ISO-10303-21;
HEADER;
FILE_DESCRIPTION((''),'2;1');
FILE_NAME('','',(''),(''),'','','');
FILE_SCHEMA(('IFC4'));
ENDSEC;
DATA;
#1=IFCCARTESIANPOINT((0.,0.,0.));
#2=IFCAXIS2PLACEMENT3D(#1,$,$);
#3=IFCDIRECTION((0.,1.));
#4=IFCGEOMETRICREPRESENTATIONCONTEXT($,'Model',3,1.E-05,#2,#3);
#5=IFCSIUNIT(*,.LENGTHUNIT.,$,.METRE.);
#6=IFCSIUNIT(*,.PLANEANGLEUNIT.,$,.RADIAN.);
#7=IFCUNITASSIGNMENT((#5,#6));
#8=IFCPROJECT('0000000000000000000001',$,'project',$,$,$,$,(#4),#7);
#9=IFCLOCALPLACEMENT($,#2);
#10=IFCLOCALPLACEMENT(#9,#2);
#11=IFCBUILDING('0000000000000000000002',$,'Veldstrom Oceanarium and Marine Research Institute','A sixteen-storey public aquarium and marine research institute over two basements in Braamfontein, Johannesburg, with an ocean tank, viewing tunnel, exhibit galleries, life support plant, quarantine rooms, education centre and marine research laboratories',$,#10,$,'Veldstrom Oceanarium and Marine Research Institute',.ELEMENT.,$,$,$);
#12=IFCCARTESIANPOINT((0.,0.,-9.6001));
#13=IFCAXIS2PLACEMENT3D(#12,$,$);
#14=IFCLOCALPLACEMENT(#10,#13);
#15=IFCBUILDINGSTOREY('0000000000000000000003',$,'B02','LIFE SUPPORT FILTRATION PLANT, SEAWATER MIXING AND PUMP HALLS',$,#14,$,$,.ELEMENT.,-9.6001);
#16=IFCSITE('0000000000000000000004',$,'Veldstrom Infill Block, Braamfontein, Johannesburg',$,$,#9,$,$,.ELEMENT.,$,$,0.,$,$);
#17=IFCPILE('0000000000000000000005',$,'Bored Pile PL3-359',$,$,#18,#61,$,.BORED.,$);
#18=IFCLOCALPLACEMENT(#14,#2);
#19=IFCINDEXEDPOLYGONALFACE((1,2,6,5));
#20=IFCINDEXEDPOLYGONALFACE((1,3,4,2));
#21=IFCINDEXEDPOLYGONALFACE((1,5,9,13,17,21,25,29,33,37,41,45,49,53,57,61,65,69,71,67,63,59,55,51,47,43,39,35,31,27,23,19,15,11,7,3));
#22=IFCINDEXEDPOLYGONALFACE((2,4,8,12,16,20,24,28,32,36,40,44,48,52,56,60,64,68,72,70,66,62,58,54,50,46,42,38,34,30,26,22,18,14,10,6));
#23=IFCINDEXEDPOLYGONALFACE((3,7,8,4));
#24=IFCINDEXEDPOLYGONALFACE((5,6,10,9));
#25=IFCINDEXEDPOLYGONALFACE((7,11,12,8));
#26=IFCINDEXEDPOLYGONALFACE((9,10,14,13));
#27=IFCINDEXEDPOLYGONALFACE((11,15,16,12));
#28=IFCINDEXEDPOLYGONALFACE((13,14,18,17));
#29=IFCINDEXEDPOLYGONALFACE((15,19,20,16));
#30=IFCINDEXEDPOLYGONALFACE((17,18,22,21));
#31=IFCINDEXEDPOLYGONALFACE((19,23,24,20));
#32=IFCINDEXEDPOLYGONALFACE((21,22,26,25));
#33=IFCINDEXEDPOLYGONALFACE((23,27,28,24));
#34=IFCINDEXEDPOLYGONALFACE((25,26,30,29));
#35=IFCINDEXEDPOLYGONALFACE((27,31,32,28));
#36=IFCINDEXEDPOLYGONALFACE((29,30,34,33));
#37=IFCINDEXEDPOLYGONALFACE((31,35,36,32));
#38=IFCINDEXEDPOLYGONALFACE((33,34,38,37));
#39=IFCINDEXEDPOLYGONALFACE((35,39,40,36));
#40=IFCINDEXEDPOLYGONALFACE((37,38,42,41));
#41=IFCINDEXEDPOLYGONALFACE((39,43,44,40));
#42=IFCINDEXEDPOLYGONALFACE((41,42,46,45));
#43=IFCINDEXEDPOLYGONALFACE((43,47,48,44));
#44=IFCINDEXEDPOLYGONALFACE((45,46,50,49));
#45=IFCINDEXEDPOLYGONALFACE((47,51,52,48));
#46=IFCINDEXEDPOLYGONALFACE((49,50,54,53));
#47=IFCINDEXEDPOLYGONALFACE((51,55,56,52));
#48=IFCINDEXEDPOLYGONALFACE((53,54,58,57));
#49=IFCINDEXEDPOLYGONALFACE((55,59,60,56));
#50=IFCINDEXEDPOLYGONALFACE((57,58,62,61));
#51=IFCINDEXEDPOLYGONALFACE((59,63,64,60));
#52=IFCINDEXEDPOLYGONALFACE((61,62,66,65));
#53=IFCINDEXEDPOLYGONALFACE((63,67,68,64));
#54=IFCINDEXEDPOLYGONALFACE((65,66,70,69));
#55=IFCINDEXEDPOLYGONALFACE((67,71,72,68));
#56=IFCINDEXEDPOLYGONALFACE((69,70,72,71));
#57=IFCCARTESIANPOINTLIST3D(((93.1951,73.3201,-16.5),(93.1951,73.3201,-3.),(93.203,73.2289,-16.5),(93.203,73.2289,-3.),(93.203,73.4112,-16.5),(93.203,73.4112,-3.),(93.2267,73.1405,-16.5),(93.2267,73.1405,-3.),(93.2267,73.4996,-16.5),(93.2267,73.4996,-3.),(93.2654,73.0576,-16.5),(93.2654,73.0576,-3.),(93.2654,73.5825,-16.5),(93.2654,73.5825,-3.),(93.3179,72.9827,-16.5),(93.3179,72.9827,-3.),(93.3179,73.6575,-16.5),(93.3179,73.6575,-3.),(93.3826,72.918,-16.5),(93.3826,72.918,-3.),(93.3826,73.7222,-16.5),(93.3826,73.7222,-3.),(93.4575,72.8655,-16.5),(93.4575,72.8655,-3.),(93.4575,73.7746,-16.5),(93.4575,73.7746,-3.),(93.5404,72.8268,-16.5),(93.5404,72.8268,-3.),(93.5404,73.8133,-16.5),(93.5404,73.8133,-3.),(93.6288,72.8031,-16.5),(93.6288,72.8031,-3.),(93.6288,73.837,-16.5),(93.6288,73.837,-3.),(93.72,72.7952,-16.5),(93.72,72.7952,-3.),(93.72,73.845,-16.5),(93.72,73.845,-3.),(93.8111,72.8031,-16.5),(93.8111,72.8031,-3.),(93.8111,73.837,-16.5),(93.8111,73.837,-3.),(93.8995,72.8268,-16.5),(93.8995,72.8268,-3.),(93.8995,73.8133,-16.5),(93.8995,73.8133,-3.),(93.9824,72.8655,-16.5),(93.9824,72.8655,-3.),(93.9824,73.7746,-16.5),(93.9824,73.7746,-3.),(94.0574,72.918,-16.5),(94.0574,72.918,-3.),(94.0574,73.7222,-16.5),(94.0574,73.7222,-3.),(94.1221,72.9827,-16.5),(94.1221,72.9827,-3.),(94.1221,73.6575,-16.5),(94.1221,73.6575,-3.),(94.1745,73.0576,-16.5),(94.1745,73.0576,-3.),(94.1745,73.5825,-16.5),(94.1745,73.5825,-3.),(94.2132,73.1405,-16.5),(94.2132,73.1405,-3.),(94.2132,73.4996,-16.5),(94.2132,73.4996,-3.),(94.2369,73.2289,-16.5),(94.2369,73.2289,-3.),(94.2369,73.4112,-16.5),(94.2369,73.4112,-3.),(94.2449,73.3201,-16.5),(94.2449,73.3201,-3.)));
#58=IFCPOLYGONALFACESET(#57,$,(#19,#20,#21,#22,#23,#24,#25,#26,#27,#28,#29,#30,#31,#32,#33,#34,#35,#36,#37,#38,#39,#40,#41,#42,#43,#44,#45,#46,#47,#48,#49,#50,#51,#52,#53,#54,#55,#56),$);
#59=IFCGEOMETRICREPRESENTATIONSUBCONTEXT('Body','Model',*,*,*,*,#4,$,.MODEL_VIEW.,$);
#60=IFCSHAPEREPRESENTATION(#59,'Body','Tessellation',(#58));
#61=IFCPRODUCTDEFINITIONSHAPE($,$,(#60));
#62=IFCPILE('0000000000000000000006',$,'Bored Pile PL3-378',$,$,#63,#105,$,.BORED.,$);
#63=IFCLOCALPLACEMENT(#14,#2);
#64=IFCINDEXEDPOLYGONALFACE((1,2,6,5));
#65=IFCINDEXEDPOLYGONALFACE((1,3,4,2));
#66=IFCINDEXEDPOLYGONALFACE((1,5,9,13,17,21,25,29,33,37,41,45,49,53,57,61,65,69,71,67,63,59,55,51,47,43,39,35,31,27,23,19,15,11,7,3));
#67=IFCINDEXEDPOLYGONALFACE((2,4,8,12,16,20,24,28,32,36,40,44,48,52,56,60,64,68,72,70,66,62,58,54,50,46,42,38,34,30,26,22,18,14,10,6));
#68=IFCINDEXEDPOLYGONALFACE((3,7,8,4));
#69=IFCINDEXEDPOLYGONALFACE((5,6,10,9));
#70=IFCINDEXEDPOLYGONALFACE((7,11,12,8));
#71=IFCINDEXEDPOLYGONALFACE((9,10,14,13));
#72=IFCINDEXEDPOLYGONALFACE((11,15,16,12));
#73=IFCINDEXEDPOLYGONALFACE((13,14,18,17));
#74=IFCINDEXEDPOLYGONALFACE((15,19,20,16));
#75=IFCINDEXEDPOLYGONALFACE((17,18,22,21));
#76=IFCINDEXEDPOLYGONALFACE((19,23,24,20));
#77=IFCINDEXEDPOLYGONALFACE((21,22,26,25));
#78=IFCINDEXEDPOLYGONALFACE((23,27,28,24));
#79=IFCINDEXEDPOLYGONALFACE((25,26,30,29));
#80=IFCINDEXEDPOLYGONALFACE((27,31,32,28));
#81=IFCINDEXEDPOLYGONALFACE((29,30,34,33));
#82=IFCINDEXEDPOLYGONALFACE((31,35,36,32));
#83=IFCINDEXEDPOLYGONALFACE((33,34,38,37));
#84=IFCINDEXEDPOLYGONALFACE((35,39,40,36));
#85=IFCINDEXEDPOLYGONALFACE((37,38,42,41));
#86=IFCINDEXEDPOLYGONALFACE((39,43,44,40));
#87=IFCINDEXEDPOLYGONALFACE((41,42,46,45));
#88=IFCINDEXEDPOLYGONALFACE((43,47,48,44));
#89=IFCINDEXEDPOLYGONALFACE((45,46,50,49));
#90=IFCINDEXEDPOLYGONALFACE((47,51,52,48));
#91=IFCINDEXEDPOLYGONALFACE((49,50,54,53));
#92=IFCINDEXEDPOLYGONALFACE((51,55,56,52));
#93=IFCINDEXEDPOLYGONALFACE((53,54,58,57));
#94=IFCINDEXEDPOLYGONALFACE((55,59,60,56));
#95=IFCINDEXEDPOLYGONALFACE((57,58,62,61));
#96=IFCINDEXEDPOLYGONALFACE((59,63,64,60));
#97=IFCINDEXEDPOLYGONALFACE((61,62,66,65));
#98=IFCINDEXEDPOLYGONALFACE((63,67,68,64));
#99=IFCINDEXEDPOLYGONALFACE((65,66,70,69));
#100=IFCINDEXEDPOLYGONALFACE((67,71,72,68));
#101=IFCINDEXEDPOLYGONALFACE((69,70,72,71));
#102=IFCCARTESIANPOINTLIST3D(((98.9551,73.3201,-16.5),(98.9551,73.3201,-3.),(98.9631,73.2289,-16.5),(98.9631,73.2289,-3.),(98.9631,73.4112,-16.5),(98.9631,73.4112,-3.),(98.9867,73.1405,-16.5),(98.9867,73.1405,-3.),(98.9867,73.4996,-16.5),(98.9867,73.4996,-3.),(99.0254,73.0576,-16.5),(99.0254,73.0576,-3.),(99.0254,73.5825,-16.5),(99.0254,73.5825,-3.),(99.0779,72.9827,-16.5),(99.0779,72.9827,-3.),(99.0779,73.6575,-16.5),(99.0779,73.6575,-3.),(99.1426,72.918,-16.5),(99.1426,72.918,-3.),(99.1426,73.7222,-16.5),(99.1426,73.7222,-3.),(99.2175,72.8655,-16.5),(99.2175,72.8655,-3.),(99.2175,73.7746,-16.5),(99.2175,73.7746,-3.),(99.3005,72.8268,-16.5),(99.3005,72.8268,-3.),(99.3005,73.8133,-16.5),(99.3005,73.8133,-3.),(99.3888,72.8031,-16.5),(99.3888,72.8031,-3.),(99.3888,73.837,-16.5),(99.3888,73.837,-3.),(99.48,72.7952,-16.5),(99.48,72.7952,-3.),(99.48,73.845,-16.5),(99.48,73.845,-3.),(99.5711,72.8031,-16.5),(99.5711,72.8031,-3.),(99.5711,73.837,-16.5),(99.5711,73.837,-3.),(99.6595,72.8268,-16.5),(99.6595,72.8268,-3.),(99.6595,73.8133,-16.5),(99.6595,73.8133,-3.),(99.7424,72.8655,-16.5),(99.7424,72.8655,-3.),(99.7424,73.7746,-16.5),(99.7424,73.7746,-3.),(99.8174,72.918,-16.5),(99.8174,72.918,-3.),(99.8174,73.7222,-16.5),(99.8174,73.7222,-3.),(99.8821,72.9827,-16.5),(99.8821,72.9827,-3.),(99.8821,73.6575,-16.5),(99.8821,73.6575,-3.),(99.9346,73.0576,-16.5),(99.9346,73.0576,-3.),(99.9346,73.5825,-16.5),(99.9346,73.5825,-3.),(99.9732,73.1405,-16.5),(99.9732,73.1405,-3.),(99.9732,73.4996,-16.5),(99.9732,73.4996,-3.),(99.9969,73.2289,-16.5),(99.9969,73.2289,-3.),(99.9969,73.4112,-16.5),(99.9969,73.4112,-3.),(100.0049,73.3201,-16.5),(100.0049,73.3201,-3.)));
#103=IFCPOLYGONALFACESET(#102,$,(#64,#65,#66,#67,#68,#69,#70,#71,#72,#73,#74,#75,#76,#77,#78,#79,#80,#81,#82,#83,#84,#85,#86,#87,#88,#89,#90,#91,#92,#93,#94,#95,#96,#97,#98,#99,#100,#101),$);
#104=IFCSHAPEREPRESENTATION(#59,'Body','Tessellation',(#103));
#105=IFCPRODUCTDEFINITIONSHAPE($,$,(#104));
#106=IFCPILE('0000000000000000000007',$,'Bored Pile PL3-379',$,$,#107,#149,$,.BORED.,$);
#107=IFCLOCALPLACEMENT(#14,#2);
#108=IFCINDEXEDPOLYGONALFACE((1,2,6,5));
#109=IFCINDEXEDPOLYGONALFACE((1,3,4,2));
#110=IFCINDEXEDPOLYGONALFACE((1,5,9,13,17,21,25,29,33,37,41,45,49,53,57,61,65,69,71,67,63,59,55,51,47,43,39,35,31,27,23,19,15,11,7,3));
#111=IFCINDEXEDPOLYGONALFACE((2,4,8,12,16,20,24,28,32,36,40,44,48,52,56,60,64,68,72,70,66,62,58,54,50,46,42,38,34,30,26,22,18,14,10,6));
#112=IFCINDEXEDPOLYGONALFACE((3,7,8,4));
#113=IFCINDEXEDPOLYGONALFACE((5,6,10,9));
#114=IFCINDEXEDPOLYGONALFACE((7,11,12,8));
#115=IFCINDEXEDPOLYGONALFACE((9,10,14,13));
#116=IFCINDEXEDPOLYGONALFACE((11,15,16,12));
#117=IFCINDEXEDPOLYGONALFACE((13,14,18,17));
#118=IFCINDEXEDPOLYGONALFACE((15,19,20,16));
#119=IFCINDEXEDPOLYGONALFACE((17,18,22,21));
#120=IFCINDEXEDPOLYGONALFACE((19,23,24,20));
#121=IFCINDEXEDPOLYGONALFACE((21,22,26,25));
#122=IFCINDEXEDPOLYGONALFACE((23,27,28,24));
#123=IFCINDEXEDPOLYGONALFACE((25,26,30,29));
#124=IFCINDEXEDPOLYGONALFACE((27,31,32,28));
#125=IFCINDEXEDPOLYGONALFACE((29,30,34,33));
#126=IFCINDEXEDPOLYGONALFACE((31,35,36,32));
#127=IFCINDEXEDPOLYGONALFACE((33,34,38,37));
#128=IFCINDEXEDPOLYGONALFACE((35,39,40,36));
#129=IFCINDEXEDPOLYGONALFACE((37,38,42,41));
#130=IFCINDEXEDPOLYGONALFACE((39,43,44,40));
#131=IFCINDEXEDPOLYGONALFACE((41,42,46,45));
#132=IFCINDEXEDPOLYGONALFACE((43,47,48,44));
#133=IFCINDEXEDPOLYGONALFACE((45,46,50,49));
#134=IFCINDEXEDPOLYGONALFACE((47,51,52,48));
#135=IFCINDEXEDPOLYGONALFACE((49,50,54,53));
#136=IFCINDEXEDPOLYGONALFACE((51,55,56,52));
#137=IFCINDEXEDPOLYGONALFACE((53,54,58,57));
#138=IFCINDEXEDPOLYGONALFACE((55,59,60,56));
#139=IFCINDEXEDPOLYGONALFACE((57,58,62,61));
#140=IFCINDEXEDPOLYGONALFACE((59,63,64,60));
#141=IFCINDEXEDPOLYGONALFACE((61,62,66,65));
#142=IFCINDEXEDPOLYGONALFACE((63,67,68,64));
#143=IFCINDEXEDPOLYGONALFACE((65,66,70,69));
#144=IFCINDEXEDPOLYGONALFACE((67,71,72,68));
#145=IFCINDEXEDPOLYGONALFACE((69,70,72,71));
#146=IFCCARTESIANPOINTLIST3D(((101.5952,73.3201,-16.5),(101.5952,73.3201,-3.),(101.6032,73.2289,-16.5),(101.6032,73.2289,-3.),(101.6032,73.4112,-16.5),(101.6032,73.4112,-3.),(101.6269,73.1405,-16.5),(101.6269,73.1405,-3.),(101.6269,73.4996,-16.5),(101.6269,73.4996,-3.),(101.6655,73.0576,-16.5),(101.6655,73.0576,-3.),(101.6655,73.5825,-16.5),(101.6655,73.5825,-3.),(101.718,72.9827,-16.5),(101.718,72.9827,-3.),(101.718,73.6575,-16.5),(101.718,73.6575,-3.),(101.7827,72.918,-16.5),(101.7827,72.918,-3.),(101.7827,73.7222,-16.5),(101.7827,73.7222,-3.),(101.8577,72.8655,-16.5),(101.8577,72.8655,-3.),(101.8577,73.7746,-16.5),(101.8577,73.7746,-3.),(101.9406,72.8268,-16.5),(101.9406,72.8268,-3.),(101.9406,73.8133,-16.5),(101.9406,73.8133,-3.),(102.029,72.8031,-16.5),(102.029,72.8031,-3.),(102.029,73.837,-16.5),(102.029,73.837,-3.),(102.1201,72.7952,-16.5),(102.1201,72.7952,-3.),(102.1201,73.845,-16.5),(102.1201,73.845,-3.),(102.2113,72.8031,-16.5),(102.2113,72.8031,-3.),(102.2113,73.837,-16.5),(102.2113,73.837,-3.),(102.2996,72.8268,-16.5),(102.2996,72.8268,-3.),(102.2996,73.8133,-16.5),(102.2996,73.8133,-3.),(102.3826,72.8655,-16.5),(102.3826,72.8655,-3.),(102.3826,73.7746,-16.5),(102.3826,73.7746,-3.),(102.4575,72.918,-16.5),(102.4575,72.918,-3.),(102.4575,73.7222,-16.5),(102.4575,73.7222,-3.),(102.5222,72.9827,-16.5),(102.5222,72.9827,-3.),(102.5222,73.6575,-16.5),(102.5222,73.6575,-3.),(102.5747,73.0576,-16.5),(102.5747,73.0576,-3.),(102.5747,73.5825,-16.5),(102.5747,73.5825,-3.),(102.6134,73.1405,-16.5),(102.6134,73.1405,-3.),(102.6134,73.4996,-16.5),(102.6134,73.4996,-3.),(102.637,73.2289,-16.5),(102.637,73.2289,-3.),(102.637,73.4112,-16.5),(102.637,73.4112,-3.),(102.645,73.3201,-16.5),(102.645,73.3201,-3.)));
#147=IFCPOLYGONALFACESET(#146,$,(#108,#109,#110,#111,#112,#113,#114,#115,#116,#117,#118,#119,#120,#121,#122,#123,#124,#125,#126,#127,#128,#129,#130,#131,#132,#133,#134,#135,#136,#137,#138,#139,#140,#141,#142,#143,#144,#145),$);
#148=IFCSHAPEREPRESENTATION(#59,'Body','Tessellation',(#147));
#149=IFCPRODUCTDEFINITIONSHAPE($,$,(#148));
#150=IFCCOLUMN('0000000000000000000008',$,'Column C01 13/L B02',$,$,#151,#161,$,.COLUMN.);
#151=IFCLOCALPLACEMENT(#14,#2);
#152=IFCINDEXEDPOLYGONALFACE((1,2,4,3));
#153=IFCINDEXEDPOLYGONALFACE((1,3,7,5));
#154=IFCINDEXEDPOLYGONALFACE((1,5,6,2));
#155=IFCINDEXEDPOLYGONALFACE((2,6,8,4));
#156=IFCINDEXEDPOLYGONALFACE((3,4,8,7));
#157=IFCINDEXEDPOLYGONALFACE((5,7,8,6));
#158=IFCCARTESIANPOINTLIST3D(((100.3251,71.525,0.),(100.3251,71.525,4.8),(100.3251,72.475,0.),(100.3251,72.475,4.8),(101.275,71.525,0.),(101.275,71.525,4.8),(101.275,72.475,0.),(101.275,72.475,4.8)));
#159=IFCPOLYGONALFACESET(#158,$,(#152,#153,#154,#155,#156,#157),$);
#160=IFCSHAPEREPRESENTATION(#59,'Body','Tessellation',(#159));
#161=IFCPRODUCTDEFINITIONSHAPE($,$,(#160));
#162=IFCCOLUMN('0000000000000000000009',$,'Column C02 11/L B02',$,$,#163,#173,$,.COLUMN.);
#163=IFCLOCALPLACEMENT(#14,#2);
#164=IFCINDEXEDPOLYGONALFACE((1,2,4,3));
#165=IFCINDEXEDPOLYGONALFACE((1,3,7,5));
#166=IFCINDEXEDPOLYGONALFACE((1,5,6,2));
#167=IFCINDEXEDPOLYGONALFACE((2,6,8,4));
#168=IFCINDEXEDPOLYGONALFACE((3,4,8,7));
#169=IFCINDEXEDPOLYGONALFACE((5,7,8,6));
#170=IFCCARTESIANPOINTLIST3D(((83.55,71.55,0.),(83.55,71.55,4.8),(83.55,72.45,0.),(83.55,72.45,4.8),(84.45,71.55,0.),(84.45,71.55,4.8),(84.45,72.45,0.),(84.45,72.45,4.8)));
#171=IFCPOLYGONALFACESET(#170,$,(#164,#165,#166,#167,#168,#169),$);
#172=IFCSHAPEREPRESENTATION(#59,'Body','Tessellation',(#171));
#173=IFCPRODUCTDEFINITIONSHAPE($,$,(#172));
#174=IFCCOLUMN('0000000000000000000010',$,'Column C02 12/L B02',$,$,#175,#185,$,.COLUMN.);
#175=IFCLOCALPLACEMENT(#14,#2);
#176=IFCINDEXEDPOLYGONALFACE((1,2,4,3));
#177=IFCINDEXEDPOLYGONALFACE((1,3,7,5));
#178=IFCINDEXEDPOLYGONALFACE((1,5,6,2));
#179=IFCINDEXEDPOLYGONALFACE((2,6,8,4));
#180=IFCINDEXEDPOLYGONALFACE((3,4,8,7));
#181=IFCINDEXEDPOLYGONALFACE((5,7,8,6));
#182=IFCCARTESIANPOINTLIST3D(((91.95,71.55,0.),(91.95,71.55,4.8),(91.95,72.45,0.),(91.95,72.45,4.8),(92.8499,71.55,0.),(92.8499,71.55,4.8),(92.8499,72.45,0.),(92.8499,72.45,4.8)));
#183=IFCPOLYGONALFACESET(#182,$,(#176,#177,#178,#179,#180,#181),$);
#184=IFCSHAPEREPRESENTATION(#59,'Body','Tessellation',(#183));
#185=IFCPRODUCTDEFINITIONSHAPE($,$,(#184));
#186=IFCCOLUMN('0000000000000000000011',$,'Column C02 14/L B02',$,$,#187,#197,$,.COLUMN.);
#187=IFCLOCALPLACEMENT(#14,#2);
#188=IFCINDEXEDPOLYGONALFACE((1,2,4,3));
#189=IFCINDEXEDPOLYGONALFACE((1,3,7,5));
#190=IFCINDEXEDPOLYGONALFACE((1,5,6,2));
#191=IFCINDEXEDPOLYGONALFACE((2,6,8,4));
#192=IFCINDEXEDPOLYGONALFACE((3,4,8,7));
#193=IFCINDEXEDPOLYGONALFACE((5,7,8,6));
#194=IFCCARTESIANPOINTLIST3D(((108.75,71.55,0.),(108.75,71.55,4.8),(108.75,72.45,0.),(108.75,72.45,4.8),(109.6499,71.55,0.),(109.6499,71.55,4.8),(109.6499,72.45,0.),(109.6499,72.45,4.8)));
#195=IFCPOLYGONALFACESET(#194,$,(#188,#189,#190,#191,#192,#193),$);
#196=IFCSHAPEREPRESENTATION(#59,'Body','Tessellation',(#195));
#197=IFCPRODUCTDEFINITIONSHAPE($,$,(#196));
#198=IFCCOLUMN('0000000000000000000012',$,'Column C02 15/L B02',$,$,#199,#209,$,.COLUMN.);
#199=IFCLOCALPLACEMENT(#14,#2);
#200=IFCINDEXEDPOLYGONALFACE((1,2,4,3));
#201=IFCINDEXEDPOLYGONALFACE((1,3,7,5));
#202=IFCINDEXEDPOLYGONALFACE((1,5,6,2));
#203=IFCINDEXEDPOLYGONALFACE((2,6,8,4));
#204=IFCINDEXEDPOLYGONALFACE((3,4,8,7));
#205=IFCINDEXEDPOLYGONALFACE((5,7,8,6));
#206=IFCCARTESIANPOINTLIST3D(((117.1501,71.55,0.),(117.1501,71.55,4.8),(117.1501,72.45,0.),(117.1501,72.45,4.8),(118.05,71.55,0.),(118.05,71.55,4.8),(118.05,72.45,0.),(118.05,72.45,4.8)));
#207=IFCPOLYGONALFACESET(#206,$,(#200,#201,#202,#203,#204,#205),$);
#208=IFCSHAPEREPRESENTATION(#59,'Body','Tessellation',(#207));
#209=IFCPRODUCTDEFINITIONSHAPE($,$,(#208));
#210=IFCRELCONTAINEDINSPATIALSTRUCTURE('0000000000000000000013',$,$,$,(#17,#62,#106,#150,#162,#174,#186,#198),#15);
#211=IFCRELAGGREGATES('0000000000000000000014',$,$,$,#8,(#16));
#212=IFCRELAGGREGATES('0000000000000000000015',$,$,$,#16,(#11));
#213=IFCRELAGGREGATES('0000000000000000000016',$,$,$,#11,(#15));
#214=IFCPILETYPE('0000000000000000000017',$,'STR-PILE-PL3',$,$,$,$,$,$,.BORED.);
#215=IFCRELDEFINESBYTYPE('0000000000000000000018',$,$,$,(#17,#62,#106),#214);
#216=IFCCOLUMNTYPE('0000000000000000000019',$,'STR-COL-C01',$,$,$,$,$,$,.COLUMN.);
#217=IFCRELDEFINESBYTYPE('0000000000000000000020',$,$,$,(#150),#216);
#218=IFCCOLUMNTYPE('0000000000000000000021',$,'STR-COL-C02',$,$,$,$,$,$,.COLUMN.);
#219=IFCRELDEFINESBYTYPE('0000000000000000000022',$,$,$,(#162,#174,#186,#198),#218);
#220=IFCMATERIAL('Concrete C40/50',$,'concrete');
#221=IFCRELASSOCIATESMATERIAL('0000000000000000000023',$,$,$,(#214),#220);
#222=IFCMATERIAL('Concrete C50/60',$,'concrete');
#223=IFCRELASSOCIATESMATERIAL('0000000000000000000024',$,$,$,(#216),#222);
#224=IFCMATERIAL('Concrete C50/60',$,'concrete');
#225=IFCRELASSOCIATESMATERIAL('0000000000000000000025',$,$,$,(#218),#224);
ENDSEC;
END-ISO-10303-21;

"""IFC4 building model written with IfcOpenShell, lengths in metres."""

from ifc_helpers import new_model, si_unit, direction, frame, origin, origin_2d, place, context, subcontext, project, spatial, rectangle, circle, extrude, material, material_profile, profile_set, type_object, element, save


model = new_model("IFC4")

# Units and contexts
model_context = context("Model", 3, precision=1e-05, world=origin(), true_north=direction((0.0, 1.0)))
body_context = subcontext(model_context, "Body", "Model", "MODEL_VIEW")
ifc_project = project(units=[si_unit("LENGTHUNIT", "METRE"), si_unit("PLANEANGLEUNIT", "RADIAN")], contexts=[model_context])

# Site, building, storey
site_placement = place(None, origin())
site = spatial("IfcSite", under=ifc_project, at=site_placement, Name="Veldstrom Infill Block, Braamfontein, Johannesburg", CompositionType="ELEMENT", RefElevation=0.0)
building_placement = place(site_placement, origin())
building = spatial("IfcBuilding", under=site, at=building_placement, Name="Veldstrom Oceanarium and Marine Research Institute", Description="A sixteen-storey public aquarium and marine research institute over two basements in Braamfontein, Johannesburg, with an ocean tank, viewing tunnel, exhibit galleries, life support plant, quarantine rooms, education centre and marine research laboratories", LongName="Veldstrom Oceanarium and Marine Research Institute", CompositionType="ELEMENT")
storey_placement = place(building_placement, frame((0.0, 0.0, -9.6001)))
storey = spatial("IfcBuildingStorey", under=building, at=storey_placement, Name="B02", Description="LIFE SUPPORT FILTRATION PLANT, SEAWATER MIXING AND PUMP HALLS", CompositionType="ELEMENT", Elevation=-9.6001)

# Piles
ifc_material_1 = material(Name="Concrete C40/50", Category="concrete")
ifc_material_profile_1 = material_profile(ifc_material_1, circle(Radius=0.5249, at=origin_2d()), Name="PILE-D1050")
ifc_profile_set_1 = profile_set([ifc_material_profile_1], Name="Concrete C40/50")
pile_type_1 = type_object("IfcPileType", Name="STR-PILE-PL3", PredefinedType="BORED", material=ifc_profile_set_1)
for number, where, z_axis, x_axis, name in (
    (1, (93.72, 73.3201, -3.0), (0.0, 0.0, -1.0), (1.0, 0.0, 0.0), "Bored Pile PL3-359"),
    (2, (99.48, 73.3201, -3.0), (0.0, 0.0, -1.0), (1.0, 0.0, 0.0), "Bored Pile PL3-378"),
    (3, (102.1201, 73.3201, -3.0), (0.0, 0.0, -1.0), (1.0, 0.0, 0.0), "Bored Pile PL3-379"),
):
    element("IfcPile", number, at=place(storey_placement, frame(where, z_axis=z_axis, x_axis=x_axis)), inside=storey, type_object=pile_type_1, Name=name, PredefinedType="BORED", context=body_context, shape_type="SweptSolid", body=[
        extrude(circle(Radius=0.5249, at=origin_2d()), origin(), (0.0, 0.0, 1.0), 13.5),
    ])

# Columns
ifc_material_2 = material(Name="Concrete C50/60", Category="concrete")
ifc_material_profile_2 = material_profile(ifc_material_2, rectangle(XDim=0.95, YDim=0.95, at=origin_2d()), Name="RC-COL-950x950")
ifc_profile_set_2 = profile_set([ifc_material_profile_2], Name="Concrete C50/60")
column_type_1 = type_object("IfcColumnType", Name="STR-COL-C01", PredefinedType="COLUMN", material=ifc_profile_set_2)
column_1_placement = place(storey_placement, frame((100.8, 72.0, 0.0), z_axis=(0.0, 0.0, 1.0), x_axis=(1.0, 0.0, 0.0)))
element("IfcColumn", 4, at=column_1_placement, inside=storey, type_object=column_type_1, Name="Column C01 13/L B02", PredefinedType="COLUMN", context=body_context, shape_type="SweptSolid", body=[
    extrude(rectangle(XDim=0.95, YDim=0.95, at=origin_2d()), origin(), (0.0, 0.0, 1.0), 4.8),
])
ifc_material_3 = material(Name="Concrete C50/60", Category="concrete")
ifc_material_profile_3 = material_profile(ifc_material_3, rectangle(XDim=0.8999, YDim=0.8999, at=origin_2d()), Name="RC-COL-900x900")
ifc_profile_set_3 = profile_set([ifc_material_profile_3], Name="Concrete C50/60")
column_type_2 = type_object("IfcColumnType", Name="STR-COL-C02", PredefinedType="COLUMN", material=ifc_profile_set_3)
for number, where, z_axis, x_axis, name in (
    (5, (84.0, 72.0, 0.0), (0.0, 0.0, 1.0), (1.0, 0.0, 0.0), "Column C02 11/L B02"),
    (6, (92.3999, 72.0, 0.0), (0.0, 0.0, 1.0), (1.0, 0.0, 0.0), "Column C02 12/L B02"),
    (7, (109.2, 72.0, 0.0), (0.0, 0.0, 1.0), (1.0, 0.0, 0.0), "Column C02 14/L B02"),
    (8, (117.6001, 72.0, 0.0), (0.0, 0.0, 1.0), (1.0, 0.0, 0.0), "Column C02 15/L B02"),
):
    element("IfcColumn", number, at=place(storey_placement, frame(where, z_axis=z_axis, x_axis=x_axis)), inside=storey, type_object=column_type_2, Name=name, PredefinedType="COLUMN", context=body_context, shape_type="SweptSolid", body=[
        extrude(rectangle(XDim=0.8999, YDim=0.8999, at=origin_2d()), origin(), (0.0, 0.0, 1.0), 4.8),
    ])

save(model, "model.ifc")
